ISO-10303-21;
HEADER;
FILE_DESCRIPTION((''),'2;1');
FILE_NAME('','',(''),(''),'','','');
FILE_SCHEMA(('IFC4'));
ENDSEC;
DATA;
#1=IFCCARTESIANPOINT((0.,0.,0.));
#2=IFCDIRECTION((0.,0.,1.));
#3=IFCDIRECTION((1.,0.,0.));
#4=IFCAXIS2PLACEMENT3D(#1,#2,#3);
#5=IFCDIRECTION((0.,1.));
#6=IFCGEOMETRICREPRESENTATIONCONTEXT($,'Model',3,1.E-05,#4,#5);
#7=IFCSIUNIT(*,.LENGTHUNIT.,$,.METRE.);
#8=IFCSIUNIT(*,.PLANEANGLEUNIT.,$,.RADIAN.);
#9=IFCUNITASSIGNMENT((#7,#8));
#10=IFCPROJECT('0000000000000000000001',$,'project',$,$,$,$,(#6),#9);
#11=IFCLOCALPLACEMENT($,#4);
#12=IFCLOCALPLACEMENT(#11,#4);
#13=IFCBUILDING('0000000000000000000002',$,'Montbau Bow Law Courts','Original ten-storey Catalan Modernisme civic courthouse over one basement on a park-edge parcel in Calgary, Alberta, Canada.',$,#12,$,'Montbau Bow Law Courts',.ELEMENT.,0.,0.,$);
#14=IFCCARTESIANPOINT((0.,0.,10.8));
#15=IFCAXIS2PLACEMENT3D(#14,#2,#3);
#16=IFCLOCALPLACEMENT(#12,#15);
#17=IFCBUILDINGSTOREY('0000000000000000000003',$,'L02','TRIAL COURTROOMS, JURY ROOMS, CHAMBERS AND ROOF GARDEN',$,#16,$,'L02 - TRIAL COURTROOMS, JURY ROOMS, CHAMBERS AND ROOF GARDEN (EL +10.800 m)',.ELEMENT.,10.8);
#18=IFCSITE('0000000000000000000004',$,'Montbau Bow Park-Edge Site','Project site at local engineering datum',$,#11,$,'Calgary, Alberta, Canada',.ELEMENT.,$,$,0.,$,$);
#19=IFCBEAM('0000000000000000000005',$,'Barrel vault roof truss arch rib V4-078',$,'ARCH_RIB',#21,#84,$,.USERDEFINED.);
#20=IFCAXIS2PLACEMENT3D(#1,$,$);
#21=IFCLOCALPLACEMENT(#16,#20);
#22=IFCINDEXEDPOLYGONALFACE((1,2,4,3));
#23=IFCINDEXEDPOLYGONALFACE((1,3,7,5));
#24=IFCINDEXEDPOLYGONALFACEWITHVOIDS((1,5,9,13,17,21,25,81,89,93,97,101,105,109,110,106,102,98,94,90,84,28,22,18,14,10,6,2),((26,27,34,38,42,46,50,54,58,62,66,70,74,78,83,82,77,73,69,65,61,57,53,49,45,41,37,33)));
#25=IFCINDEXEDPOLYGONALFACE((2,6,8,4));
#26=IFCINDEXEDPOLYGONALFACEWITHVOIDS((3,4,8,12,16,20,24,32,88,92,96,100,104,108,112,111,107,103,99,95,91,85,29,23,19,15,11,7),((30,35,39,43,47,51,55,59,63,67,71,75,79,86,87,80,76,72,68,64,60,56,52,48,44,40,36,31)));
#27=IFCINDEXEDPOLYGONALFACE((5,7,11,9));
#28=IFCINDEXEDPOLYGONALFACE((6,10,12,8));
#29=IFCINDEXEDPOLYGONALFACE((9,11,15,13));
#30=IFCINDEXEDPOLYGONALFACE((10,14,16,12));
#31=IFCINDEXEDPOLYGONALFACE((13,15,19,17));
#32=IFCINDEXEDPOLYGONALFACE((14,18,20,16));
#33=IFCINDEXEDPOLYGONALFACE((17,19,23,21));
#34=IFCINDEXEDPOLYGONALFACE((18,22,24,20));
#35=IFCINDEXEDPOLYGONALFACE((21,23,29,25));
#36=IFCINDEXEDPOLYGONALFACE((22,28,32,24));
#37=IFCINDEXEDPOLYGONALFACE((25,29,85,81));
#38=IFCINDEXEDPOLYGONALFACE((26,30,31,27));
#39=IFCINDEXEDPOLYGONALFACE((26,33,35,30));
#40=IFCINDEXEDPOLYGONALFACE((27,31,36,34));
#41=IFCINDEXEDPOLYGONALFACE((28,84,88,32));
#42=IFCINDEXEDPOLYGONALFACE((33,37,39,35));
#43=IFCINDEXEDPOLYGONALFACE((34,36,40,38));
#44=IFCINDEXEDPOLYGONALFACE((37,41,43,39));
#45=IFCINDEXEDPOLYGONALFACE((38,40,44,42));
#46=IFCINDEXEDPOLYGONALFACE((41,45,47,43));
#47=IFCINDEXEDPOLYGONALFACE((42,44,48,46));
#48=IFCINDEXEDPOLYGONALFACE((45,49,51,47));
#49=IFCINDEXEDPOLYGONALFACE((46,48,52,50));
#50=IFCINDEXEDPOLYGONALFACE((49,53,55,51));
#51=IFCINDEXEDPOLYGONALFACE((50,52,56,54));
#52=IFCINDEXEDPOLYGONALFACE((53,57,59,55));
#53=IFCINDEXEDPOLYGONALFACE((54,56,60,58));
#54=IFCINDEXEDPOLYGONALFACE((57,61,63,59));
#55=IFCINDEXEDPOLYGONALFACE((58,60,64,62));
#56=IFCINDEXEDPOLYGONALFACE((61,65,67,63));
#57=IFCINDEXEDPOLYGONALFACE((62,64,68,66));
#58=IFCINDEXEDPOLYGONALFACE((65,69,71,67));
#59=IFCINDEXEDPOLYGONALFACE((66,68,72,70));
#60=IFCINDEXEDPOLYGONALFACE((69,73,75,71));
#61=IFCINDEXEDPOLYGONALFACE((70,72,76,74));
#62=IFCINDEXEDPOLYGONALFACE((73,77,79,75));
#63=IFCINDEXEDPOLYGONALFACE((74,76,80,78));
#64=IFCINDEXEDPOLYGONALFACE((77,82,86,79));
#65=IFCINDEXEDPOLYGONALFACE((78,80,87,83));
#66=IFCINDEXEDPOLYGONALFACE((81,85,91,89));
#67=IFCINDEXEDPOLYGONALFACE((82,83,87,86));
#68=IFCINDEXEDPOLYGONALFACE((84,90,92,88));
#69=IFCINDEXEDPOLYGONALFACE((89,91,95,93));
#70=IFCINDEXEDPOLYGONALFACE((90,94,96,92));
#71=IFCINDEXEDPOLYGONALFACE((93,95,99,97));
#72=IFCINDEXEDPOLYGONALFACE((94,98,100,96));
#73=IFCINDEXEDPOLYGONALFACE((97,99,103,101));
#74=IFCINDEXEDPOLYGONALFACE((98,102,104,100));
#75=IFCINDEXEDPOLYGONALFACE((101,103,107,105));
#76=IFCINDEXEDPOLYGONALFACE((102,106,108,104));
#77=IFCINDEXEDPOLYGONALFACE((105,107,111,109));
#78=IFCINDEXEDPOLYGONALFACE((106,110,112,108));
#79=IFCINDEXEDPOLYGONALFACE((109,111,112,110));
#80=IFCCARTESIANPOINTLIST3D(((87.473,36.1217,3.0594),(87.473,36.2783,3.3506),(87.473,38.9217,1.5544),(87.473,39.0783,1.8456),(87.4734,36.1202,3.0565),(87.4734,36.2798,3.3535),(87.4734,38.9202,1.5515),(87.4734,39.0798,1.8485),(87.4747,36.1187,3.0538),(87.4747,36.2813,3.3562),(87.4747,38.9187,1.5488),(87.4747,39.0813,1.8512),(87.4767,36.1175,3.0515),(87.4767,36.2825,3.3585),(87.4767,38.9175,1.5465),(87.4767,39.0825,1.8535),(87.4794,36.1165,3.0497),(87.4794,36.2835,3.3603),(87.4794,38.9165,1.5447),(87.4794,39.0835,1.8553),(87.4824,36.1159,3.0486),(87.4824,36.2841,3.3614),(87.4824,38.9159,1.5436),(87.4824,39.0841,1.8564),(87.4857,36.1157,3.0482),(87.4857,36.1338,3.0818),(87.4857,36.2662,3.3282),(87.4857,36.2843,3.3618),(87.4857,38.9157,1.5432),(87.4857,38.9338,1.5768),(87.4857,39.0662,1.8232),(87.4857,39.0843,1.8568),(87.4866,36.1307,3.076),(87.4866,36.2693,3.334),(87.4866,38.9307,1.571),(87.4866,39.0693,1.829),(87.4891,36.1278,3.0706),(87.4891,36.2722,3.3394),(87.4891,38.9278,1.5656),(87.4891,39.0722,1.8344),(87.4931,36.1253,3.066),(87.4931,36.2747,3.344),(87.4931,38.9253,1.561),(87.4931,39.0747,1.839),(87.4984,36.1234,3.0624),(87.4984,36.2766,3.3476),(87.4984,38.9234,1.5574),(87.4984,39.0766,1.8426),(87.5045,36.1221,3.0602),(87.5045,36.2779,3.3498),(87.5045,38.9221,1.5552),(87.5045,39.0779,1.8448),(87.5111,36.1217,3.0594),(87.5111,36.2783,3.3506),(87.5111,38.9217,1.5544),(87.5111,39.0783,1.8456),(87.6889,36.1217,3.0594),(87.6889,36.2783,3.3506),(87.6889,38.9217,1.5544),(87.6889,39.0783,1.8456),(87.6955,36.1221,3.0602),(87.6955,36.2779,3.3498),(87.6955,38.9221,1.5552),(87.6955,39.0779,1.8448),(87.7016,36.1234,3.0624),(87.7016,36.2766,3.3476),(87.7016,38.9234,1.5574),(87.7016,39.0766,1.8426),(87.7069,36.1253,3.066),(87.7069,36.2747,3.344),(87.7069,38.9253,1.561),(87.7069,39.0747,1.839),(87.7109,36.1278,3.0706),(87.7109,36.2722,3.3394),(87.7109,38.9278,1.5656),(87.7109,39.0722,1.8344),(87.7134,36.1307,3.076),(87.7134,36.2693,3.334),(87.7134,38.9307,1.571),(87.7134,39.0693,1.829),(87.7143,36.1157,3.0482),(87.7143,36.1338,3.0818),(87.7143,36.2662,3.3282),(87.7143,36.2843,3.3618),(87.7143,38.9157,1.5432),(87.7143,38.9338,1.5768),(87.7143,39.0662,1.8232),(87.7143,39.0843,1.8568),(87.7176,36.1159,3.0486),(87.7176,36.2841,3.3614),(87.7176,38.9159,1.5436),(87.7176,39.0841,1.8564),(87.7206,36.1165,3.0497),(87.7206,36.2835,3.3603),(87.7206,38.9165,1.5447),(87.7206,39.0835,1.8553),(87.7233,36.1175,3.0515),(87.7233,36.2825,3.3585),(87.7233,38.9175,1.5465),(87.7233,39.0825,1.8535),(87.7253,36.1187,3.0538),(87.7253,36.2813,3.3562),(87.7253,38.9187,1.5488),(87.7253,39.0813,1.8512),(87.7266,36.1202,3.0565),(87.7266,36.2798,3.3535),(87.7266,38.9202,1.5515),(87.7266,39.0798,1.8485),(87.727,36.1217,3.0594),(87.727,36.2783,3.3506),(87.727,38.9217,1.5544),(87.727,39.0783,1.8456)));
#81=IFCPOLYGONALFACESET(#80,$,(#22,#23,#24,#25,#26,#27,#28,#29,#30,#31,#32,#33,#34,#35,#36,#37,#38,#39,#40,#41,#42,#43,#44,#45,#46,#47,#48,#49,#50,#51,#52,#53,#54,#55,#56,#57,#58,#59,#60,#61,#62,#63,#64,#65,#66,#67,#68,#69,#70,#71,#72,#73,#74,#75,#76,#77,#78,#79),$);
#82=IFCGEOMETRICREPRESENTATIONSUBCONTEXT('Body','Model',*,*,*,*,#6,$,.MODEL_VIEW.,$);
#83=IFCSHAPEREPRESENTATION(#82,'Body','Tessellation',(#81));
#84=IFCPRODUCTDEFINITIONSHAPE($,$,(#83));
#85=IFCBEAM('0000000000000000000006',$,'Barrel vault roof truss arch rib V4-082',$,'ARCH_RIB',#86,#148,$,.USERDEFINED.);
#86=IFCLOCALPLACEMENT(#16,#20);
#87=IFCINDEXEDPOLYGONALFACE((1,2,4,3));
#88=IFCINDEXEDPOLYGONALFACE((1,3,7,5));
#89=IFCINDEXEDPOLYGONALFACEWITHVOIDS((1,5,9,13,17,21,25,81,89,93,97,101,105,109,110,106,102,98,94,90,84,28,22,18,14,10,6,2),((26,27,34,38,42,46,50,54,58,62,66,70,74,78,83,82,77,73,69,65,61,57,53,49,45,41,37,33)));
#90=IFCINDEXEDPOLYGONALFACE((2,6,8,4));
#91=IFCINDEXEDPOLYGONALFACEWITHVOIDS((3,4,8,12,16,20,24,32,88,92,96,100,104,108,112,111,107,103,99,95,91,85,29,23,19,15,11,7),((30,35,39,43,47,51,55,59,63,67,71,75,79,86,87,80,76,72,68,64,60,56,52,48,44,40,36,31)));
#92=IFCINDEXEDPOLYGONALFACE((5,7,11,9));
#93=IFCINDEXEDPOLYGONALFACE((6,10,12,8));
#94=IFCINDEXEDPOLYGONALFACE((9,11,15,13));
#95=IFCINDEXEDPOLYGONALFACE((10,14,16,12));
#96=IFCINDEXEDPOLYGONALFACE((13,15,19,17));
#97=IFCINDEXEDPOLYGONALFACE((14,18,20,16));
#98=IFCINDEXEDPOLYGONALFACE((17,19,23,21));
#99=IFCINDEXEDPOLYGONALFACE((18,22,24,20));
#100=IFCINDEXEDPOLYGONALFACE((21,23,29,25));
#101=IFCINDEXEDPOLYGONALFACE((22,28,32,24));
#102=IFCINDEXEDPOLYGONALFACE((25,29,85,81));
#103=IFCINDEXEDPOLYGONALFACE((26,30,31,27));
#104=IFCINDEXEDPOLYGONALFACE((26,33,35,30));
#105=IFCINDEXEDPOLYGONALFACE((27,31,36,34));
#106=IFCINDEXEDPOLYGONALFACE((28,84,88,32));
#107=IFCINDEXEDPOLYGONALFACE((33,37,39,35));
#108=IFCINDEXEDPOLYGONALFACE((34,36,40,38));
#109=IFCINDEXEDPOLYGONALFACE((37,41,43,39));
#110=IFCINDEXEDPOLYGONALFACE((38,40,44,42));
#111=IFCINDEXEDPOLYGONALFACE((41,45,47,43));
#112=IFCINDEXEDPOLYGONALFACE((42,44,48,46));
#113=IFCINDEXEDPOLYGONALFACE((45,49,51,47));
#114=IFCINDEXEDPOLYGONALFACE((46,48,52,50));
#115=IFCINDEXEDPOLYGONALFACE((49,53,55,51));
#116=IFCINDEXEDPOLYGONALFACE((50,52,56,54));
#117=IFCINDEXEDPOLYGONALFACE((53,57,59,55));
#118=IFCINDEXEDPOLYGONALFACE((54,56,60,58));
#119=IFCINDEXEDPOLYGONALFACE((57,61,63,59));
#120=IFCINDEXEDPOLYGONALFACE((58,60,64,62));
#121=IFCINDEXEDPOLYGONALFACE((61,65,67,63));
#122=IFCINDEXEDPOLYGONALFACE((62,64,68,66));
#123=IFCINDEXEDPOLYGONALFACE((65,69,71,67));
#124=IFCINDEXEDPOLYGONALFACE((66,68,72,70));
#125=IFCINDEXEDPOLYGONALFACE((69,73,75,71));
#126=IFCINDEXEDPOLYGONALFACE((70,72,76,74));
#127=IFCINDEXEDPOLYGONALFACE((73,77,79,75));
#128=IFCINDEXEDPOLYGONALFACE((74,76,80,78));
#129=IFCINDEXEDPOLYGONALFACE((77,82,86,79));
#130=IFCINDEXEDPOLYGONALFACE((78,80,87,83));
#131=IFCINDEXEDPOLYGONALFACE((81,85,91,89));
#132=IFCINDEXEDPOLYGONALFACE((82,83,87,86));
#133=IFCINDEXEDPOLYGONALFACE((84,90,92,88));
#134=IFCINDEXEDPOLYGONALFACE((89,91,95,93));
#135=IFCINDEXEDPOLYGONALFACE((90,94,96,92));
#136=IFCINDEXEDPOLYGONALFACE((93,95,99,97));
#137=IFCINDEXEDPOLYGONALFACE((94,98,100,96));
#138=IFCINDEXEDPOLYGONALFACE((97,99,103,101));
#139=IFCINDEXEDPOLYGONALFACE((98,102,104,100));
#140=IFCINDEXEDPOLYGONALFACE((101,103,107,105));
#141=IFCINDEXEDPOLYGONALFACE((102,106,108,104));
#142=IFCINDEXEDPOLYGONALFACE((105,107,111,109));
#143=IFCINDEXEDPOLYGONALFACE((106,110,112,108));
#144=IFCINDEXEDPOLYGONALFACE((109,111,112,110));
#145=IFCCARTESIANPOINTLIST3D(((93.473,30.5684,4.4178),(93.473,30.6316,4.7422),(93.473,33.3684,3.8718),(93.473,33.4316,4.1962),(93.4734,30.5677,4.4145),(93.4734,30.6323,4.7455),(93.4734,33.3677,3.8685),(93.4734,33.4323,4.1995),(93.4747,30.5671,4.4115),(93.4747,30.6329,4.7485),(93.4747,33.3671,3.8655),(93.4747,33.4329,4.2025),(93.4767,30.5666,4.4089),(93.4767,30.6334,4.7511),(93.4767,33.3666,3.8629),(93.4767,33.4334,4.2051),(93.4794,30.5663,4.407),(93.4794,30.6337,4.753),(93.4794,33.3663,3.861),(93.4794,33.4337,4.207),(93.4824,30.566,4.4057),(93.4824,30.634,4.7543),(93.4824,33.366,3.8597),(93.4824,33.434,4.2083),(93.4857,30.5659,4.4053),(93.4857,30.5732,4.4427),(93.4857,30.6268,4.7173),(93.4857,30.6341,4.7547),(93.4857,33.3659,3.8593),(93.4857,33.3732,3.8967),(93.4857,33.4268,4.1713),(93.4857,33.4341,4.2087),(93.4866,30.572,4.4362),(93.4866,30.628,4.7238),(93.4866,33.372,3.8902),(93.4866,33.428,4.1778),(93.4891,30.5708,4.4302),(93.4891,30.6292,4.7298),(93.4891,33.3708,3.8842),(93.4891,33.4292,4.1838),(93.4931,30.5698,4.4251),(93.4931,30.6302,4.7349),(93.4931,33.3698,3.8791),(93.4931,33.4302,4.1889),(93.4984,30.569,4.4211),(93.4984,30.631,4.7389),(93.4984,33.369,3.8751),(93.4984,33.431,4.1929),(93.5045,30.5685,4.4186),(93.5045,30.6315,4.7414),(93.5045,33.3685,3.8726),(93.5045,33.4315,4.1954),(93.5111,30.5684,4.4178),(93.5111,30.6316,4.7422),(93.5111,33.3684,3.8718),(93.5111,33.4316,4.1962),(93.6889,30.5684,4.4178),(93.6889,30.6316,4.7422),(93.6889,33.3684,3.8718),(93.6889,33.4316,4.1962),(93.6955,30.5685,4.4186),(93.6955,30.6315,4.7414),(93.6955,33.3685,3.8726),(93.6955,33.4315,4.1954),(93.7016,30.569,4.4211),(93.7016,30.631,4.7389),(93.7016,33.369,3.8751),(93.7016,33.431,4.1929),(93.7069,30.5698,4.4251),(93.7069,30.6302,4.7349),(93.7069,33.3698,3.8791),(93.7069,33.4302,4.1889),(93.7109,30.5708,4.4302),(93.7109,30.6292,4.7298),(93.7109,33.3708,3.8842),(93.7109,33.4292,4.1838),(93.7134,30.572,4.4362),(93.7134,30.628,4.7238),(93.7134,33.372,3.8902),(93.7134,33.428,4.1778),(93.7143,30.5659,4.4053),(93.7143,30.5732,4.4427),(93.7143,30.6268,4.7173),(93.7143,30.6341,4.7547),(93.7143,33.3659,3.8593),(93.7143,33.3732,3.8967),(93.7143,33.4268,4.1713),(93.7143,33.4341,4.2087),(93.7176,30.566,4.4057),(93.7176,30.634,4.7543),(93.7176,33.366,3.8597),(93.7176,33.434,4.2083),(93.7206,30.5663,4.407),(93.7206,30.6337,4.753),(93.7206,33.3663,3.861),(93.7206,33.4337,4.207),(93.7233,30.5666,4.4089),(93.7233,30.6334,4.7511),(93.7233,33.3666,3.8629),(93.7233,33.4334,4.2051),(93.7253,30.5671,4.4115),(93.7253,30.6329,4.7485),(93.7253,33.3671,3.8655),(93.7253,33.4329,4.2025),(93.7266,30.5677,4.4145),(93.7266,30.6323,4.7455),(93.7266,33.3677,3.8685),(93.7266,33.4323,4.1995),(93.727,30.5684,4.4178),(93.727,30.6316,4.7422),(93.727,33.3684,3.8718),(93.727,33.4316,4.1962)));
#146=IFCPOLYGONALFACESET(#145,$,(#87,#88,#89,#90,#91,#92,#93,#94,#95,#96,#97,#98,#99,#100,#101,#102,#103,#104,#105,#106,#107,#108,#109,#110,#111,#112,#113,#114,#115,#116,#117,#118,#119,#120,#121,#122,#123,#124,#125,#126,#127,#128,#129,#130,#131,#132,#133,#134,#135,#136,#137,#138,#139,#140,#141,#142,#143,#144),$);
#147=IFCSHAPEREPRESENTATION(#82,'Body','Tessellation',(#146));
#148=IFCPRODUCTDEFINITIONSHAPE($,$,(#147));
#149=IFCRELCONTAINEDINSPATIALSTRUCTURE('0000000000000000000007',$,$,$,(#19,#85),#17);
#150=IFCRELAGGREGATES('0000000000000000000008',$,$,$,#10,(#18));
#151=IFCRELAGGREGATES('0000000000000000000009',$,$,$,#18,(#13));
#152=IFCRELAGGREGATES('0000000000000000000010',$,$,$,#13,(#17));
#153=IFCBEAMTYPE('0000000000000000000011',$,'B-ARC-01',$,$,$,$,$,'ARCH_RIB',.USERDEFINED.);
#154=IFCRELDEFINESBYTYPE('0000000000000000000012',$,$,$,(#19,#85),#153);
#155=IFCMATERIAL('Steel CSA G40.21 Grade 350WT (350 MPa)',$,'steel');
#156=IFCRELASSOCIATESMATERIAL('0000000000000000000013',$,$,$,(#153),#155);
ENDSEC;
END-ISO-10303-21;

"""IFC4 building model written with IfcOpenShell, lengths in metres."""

from ifc_helpers import new_model, si_unit, direction, frame, origin_with_axes, origin_2d_with_axis, place, context, subcontext, project, spatial, hollow_rectangle, extrude, material, material_profile, profile_set, type_object, element, save


model = new_model("IFC4")

# Units and contexts
model_context = context("Model", 3, precision=1e-05, world=origin_with_axes(), true_north=direction((0.0, 1.0)))
body_context = subcontext(model_context, "Body", "Model", "MODEL_VIEW")
ifc_project = project(units=[si_unit("LENGTHUNIT", "METRE"), si_unit("PLANEANGLEUNIT", "RADIAN")], contexts=[model_context])

# Site, building, storey
site_placement = place(None, origin_with_axes())
site = spatial("IfcSite", under=ifc_project, at=site_placement, Name="Montbau Bow Park-Edge Site", Description="Project site at local engineering datum", LongName="Calgary, Alberta, Canada", CompositionType="ELEMENT", RefElevation=0.0)
building_placement = place(site_placement, origin_with_axes())
building = spatial("IfcBuilding", under=site, at=building_placement, Name="Montbau Bow Law Courts", Description="Original ten-storey Catalan Modernisme civic courthouse over one basement on a park-edge parcel in Calgary, Alberta, Canada.", LongName="Montbau Bow Law Courts", CompositionType="ELEMENT", ElevationOfRefHeight=0.0, ElevationOfTerrain=0.0)
storey_placement = place(building_placement, frame((0.0, 0.0, 10.8), z_axis=(0.0, 0.0, 1.0), x_axis=(1.0, 0.0, 0.0)))
storey = spatial("IfcBuildingStorey", under=building, at=storey_placement, Name="L02", Description="TRIAL COURTROOMS, JURY ROOMS, CHAMBERS AND ROOF GARDEN", LongName="L02 - TRIAL COURTROOMS, JURY ROOMS, CHAMBERS AND ROOF GARDEN (EL +10.800 m)", CompositionType="ELEMENT", Elevation=10.8)

# Beams
ifc_material_1 = material(Name="Steel CSA G40.21 Grade 350WT (350 MPa)", Category="steel")
ifc_material_profile_1 = material_profile(ifc_material_1, hollow_rectangle(XDim=0.254, YDim=0.356, WallThickness=0.0127, InnerFilletRadius=0.0254, OuterFilletRadius=0.0127, at=origin_2d_with_axis()), Name="HSS356X254X13", Category="Main", Priority=0)
ifc_profile_set_1 = profile_set([ifc_material_profile_1], Name="Steel CSA G40.21 Grade 350WT (350 MPa)")
beam_type = type_object("IfcBeamType", Name="B-ARC-01", ElementType="ARCH_RIB", PredefinedType="USERDEFINED", material=ifc_profile_set_1)
beam_1_placement = place(None, frame((87.6, 36.2, 14.005), z_axis=(0.0, 0.880824, -0.473443), x_axis=(-1.0, 0.0, 0.0)))
element("IfcBeam", 1, at=beam_1_placement, inside=storey, type_object=beam_type, Name="Barrel vault roof truss arch rib V4-078", ObjectType="ARCH_RIB", PredefinedType="USERDEFINED", context=body_context, shape_type="SweptSolid", body=[
    extrude(hollow_rectangle(XDim=0.254, YDim=0.356, WallThickness=0.0127, InnerFilletRadius=0.0254, OuterFilletRadius=0.0127, at=origin_2d_with_axis()), origin_with_axes(), (0.0, 0.0, 1.0), 3.1788),
])
beam_2_placement = place(None, frame((93.6, 30.6, 15.38), z_axis=(0.0, 0.981513, -0.191395), x_axis=(-1.0, 0.0, 0.0)))
element("IfcBeam", 2, at=beam_2_placement, inside=storey, type_object=beam_type, Name="Barrel vault roof truss arch rib V4-082", ObjectType="ARCH_RIB", PredefinedType="USERDEFINED", context=body_context, shape_type="SweptSolid", body=[
    extrude(hollow_rectangle(XDim=0.254, YDim=0.356, WallThickness=0.0127, InnerFilletRadius=0.0254, OuterFilletRadius=0.0127, at=origin_2d_with_axis()), origin_with_axes(), (0.0, 0.0, 1.0), 2.8527),
])

save(model, "model.ifc")
